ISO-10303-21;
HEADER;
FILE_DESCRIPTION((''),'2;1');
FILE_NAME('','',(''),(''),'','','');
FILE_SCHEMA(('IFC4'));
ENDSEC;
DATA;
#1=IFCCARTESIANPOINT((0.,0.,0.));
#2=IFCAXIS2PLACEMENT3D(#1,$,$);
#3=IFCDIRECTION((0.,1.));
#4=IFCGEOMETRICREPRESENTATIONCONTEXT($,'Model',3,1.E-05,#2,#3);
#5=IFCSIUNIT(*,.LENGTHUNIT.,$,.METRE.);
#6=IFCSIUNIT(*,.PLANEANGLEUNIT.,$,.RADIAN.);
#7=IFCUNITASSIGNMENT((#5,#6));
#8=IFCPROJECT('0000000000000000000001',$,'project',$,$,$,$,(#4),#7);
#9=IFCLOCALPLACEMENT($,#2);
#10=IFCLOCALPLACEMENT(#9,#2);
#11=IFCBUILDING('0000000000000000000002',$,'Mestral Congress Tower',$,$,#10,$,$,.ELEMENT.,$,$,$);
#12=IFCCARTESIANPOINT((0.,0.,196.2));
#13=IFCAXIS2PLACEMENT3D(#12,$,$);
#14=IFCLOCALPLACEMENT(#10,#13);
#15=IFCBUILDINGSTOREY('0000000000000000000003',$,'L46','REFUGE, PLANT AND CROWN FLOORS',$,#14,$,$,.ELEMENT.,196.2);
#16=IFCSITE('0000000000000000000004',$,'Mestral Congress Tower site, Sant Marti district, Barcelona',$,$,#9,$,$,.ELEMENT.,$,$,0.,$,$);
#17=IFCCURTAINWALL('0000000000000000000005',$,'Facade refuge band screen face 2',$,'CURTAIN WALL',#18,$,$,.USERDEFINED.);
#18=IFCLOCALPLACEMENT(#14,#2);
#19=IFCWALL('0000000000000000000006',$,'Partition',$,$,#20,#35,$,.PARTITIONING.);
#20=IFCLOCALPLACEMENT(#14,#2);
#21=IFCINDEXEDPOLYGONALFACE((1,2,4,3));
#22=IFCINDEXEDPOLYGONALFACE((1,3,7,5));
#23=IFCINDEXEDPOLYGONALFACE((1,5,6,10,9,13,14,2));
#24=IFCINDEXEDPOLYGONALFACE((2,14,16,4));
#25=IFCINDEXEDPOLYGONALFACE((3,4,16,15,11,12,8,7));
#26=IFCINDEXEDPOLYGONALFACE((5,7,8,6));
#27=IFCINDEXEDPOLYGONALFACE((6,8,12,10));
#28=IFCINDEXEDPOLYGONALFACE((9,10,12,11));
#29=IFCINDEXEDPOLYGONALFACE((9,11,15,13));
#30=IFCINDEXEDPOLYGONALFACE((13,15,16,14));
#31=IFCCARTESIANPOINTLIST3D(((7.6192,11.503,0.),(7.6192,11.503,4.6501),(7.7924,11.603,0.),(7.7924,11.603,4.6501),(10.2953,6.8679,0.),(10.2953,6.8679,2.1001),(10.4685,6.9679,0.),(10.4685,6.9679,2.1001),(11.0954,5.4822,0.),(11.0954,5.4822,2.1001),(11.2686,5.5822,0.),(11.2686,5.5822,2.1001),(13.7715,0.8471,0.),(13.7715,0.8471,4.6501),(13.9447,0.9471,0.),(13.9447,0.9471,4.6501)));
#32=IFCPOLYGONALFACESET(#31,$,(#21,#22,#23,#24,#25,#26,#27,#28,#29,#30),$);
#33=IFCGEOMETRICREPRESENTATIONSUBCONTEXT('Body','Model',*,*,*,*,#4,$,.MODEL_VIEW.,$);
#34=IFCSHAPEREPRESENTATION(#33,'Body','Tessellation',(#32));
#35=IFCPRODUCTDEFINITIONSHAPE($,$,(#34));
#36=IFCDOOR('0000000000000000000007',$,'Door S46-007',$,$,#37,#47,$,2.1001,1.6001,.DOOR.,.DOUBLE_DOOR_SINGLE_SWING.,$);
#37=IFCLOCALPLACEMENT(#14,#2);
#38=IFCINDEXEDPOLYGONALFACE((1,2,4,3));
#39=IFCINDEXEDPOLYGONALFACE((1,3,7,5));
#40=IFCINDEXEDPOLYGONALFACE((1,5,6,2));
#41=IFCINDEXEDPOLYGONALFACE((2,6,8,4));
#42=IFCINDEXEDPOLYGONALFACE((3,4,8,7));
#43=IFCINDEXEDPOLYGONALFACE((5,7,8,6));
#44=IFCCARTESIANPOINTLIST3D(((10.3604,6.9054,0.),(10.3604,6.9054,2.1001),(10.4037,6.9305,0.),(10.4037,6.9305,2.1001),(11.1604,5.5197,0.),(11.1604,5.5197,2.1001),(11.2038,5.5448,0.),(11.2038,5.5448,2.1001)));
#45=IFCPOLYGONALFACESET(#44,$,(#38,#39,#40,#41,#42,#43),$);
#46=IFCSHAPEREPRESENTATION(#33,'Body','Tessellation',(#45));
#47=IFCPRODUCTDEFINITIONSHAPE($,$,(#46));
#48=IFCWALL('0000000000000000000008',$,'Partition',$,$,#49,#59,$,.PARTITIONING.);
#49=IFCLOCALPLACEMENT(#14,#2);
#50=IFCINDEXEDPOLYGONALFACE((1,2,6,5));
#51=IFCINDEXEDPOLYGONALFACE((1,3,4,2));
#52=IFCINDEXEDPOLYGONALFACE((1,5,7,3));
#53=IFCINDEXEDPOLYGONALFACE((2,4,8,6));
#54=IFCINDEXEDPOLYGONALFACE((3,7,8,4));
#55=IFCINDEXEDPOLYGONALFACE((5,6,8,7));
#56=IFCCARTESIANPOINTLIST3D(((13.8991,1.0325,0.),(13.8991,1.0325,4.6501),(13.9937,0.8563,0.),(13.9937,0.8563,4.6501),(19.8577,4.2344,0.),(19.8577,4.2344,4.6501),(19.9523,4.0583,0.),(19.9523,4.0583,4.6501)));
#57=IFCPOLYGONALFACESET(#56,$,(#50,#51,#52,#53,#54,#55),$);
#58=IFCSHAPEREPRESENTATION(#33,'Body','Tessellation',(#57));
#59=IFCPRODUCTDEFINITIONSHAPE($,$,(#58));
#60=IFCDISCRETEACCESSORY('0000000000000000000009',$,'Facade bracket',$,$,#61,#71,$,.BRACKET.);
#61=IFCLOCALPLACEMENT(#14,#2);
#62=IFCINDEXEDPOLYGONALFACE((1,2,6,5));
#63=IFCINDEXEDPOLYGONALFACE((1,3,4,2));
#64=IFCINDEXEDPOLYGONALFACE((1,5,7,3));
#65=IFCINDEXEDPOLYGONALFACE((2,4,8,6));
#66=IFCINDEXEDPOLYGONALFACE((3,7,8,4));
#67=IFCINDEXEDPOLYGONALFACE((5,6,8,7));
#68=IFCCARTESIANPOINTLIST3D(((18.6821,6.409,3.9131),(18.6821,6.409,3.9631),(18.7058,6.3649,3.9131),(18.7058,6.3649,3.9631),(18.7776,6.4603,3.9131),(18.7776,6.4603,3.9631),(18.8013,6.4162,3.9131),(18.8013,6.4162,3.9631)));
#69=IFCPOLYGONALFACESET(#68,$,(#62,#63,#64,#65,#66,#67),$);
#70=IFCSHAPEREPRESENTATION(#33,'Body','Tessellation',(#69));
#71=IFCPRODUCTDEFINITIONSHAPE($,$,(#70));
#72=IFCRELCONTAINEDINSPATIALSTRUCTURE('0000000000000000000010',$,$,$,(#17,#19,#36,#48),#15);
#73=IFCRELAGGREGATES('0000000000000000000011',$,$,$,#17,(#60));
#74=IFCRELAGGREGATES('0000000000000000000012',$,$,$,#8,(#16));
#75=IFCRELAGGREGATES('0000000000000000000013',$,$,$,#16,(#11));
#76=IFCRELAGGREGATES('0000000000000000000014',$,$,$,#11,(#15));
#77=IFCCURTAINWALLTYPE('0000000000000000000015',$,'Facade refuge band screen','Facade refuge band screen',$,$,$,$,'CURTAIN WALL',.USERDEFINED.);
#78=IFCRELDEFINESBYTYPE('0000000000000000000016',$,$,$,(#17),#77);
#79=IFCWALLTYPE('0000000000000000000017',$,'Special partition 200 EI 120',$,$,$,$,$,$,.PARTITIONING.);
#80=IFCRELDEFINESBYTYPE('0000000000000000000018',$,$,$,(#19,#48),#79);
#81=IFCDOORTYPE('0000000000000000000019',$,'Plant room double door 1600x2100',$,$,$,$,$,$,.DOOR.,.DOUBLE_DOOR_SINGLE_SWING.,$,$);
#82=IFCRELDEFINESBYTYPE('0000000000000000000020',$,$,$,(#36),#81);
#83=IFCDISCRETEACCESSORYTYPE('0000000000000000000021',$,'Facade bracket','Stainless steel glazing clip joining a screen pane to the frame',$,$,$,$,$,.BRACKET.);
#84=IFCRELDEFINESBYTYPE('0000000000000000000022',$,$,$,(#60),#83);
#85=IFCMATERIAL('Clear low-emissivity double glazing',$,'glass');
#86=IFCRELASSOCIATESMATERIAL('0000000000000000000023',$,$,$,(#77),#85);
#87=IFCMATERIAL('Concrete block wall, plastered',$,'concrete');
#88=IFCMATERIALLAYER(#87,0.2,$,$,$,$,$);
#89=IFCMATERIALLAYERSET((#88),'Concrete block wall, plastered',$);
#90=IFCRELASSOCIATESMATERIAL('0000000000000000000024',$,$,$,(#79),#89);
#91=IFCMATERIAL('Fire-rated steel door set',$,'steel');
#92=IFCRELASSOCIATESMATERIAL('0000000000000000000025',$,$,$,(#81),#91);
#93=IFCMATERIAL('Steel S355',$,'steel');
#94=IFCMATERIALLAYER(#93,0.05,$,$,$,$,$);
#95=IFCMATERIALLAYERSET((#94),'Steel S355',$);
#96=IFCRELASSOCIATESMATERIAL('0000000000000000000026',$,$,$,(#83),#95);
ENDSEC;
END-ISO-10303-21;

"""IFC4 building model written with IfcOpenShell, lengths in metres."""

from ifc_helpers import new_model, si_unit, direction, frame, frame_2d, origin, origin_2d, place, context, subcontext, project, spatial, rectangle, extrude, material, layer, layer_set, type_object, element, fill, aggregate, save


model = new_model("IFC4")

# Units and contexts
model_context = context("Model", 3, precision=1e-05, world=origin(), true_north=direction((0.0, 1.0)))
body_context = subcontext(model_context, "Body", "Model", "MODEL_VIEW")
ifc_project = project(units=[si_unit("LENGTHUNIT", "METRE"), si_unit("PLANEANGLEUNIT", "RADIAN")], contexts=[model_context])

# Site, building, storey
site_placement = place(None, origin())
site = spatial("IfcSite", under=ifc_project, at=site_placement, Name="Mestral Congress Tower site, Sant Marti district, Barcelona", CompositionType="ELEMENT", RefElevation=0.0)
building_placement = place(site_placement, origin())
building = spatial("IfcBuilding", under=site, at=building_placement, Name="Mestral Congress Tower", CompositionType="ELEMENT")
storey_placement = place(building_placement, frame((0.0, 0.0, 196.2)))
storey = spatial("IfcBuildingStorey", under=building, at=storey_placement, Name="L46", Description="REFUGE, PLANT AND CROWN FLOORS", CompositionType="ELEMENT", Elevation=196.2)

# Shared definitions
ifc_material_1 = material(Name="Steel S355", Category="steel")

# Curtain wall
ifc_material_2 = material(Name="Clear low-emissivity double glazing", Category="glass")
curtain_wall_type = type_object("IfcCurtainWallType", Name="Facade refuge band screen", Description="Facade refuge band screen", ElementType="CURTAIN WALL", PredefinedType="USERDEFINED", material=ifc_material_2)
curtain_wall_placement = place(storey_placement, origin())
curtain_wall = element("IfcCurtainWall", 1, at=curtain_wall_placement, inside=storey, type_object=curtain_wall_type, Name="Facade refuge band screen face 2", ObjectType="CURTAIN WALL", PredefinedType="USERDEFINED")

# Shared definitions
ifc_material_3 = material(Name="Fire-rated steel door set", Category="steel")

# Wall, opening, door
ifc_material_4 = material(Name="Concrete block wall, plastered", Category="concrete")
ifc_layer_1 = layer(ifc_material_4, 0.2)
ifc_layer_set_1 = layer_set([ifc_layer_1], Name="Concrete block wall, plastered")
wall_type_1 = type_object("IfcWallType", Name="Special partition 200 EI 120", PredefinedType="PARTITIONING", material=ifc_layer_set_1)
wall_1_placement = place(storey_placement, frame((13.8582, 0.897, 0.0), z_axis=(0.0, 0.0, 1.0), x_axis=(-0.500006, 0.866022, 0.0)))
wall_1 = element("IfcWall", 2, at=wall_1_placement, inside=storey, type_object=wall_type_1, Name="Partition", PredefinedType="PARTITIONING", context=body_context, shape_type="SweptSolid", body=[
    extrude(rectangle(XDim=12.3044, YDim=0.2, at=frame_2d((6.1523, 0.0))), origin(), (0.0, 0.0, 1.0), 4.6501),
])
opening_1_placement = place(wall_1_placement, frame((5.3523, 0.0, 0.0)))
opening_1 = element("IfcOpeningElement", 3, at=opening_1_placement, cuts=wall_1, PredefinedType="OPENING", context=body_context, shape_type="SweptSolid", body=[
    extrude(rectangle(XDim=1.6001, YDim=2.1001, at=frame_2d((0.8, 1.05))), frame((0.0, 0.1099, 0.0), z_axis=(0.0, -1.0, 0.0), x_axis=(1.0, 0.0, 0.0)), (0.0, 0.0, 1.0), 0.22),
])
door_type_1 = type_object("IfcDoorType", Name="Plant room double door 1600x2100", OperationType="DOUBLE_DOOR_SINGLE_SWING", PredefinedType="DOOR", material=ifc_material_3)
door_1_placement = place(opening_1_placement, origin())
door_1 = element("IfcDoor", 4, at=door_1_placement, inside=storey, type_object=door_type_1, Name="Door S46-007", OperationType="DOUBLE_DOOR_SINGLE_SWING", OverallHeight=2.1001, OverallWidth=1.6001, PredefinedType="DOOR", context=body_context, shape_type="SweptSolid", body=[
    extrude(rectangle(XDim=1.6001, YDim=2.1001, at=frame_2d((0.8, 1.05))), frame((0.0, 0.0249, 0.0), z_axis=(0.0, -1.0, 0.0), x_axis=(1.0, 0.0, 0.0)), (0.0, 0.0, 1.0), 0.05),
])
fill(opening_1, door_1)

# Wall
wall_2_placement = place(storey_placement, frame((13.9463, 0.9443, 0.0), z_axis=(0.0, 0.0, 1.0), x_axis=(0.880873, 0.473353, 0.0)))
element("IfcWall", 5, at=wall_2_placement, inside=storey, type_object=wall_type_1, Name="Partition", PredefinedType="PARTITIONING", context=body_context, shape_type="SweptSolid", body=[
    extrude(rectangle(XDim=6.7644, YDim=0.2, at=frame_2d((3.3823, 0.0))), origin(), (0.0, 0.0, 1.0), 4.6501),
])

# Discrete accessory
ifc_layer_2 = layer(ifc_material_1, 0.05)
ifc_layer_set_2 = layer_set([ifc_layer_2], Name="Steel S355")
discrete_accessory_type = type_object("IfcDiscreteAccessoryType", Name="Facade bracket", Description="Stainless steel glazing clip joining a screen pane to the frame", PredefinedType="BRACKET", material=ifc_layer_set_2)
discrete_accessory_placement = place(storey_placement, frame((18.7417, 6.4126, 3.9131), z_axis=(0.0, 0.0, 1.0), x_axis=(-0.473337, 0.880882, 0.0)))
discrete_accessory = element("IfcDiscreteAccessory", 6, at=discrete_accessory_placement, type_object=discrete_accessory_type, Name="Facade bracket", PredefinedType="BRACKET", context=body_context, shape_type="SweptSolid", body=[
    extrude(rectangle(XDim=0.05, YDim=0.1084, at=origin_2d()), origin(), (0.0, 0.0, 1.0), 0.05),
])
aggregate(curtain_wall, [discrete_accessory])

save(model, "model.ifc")
